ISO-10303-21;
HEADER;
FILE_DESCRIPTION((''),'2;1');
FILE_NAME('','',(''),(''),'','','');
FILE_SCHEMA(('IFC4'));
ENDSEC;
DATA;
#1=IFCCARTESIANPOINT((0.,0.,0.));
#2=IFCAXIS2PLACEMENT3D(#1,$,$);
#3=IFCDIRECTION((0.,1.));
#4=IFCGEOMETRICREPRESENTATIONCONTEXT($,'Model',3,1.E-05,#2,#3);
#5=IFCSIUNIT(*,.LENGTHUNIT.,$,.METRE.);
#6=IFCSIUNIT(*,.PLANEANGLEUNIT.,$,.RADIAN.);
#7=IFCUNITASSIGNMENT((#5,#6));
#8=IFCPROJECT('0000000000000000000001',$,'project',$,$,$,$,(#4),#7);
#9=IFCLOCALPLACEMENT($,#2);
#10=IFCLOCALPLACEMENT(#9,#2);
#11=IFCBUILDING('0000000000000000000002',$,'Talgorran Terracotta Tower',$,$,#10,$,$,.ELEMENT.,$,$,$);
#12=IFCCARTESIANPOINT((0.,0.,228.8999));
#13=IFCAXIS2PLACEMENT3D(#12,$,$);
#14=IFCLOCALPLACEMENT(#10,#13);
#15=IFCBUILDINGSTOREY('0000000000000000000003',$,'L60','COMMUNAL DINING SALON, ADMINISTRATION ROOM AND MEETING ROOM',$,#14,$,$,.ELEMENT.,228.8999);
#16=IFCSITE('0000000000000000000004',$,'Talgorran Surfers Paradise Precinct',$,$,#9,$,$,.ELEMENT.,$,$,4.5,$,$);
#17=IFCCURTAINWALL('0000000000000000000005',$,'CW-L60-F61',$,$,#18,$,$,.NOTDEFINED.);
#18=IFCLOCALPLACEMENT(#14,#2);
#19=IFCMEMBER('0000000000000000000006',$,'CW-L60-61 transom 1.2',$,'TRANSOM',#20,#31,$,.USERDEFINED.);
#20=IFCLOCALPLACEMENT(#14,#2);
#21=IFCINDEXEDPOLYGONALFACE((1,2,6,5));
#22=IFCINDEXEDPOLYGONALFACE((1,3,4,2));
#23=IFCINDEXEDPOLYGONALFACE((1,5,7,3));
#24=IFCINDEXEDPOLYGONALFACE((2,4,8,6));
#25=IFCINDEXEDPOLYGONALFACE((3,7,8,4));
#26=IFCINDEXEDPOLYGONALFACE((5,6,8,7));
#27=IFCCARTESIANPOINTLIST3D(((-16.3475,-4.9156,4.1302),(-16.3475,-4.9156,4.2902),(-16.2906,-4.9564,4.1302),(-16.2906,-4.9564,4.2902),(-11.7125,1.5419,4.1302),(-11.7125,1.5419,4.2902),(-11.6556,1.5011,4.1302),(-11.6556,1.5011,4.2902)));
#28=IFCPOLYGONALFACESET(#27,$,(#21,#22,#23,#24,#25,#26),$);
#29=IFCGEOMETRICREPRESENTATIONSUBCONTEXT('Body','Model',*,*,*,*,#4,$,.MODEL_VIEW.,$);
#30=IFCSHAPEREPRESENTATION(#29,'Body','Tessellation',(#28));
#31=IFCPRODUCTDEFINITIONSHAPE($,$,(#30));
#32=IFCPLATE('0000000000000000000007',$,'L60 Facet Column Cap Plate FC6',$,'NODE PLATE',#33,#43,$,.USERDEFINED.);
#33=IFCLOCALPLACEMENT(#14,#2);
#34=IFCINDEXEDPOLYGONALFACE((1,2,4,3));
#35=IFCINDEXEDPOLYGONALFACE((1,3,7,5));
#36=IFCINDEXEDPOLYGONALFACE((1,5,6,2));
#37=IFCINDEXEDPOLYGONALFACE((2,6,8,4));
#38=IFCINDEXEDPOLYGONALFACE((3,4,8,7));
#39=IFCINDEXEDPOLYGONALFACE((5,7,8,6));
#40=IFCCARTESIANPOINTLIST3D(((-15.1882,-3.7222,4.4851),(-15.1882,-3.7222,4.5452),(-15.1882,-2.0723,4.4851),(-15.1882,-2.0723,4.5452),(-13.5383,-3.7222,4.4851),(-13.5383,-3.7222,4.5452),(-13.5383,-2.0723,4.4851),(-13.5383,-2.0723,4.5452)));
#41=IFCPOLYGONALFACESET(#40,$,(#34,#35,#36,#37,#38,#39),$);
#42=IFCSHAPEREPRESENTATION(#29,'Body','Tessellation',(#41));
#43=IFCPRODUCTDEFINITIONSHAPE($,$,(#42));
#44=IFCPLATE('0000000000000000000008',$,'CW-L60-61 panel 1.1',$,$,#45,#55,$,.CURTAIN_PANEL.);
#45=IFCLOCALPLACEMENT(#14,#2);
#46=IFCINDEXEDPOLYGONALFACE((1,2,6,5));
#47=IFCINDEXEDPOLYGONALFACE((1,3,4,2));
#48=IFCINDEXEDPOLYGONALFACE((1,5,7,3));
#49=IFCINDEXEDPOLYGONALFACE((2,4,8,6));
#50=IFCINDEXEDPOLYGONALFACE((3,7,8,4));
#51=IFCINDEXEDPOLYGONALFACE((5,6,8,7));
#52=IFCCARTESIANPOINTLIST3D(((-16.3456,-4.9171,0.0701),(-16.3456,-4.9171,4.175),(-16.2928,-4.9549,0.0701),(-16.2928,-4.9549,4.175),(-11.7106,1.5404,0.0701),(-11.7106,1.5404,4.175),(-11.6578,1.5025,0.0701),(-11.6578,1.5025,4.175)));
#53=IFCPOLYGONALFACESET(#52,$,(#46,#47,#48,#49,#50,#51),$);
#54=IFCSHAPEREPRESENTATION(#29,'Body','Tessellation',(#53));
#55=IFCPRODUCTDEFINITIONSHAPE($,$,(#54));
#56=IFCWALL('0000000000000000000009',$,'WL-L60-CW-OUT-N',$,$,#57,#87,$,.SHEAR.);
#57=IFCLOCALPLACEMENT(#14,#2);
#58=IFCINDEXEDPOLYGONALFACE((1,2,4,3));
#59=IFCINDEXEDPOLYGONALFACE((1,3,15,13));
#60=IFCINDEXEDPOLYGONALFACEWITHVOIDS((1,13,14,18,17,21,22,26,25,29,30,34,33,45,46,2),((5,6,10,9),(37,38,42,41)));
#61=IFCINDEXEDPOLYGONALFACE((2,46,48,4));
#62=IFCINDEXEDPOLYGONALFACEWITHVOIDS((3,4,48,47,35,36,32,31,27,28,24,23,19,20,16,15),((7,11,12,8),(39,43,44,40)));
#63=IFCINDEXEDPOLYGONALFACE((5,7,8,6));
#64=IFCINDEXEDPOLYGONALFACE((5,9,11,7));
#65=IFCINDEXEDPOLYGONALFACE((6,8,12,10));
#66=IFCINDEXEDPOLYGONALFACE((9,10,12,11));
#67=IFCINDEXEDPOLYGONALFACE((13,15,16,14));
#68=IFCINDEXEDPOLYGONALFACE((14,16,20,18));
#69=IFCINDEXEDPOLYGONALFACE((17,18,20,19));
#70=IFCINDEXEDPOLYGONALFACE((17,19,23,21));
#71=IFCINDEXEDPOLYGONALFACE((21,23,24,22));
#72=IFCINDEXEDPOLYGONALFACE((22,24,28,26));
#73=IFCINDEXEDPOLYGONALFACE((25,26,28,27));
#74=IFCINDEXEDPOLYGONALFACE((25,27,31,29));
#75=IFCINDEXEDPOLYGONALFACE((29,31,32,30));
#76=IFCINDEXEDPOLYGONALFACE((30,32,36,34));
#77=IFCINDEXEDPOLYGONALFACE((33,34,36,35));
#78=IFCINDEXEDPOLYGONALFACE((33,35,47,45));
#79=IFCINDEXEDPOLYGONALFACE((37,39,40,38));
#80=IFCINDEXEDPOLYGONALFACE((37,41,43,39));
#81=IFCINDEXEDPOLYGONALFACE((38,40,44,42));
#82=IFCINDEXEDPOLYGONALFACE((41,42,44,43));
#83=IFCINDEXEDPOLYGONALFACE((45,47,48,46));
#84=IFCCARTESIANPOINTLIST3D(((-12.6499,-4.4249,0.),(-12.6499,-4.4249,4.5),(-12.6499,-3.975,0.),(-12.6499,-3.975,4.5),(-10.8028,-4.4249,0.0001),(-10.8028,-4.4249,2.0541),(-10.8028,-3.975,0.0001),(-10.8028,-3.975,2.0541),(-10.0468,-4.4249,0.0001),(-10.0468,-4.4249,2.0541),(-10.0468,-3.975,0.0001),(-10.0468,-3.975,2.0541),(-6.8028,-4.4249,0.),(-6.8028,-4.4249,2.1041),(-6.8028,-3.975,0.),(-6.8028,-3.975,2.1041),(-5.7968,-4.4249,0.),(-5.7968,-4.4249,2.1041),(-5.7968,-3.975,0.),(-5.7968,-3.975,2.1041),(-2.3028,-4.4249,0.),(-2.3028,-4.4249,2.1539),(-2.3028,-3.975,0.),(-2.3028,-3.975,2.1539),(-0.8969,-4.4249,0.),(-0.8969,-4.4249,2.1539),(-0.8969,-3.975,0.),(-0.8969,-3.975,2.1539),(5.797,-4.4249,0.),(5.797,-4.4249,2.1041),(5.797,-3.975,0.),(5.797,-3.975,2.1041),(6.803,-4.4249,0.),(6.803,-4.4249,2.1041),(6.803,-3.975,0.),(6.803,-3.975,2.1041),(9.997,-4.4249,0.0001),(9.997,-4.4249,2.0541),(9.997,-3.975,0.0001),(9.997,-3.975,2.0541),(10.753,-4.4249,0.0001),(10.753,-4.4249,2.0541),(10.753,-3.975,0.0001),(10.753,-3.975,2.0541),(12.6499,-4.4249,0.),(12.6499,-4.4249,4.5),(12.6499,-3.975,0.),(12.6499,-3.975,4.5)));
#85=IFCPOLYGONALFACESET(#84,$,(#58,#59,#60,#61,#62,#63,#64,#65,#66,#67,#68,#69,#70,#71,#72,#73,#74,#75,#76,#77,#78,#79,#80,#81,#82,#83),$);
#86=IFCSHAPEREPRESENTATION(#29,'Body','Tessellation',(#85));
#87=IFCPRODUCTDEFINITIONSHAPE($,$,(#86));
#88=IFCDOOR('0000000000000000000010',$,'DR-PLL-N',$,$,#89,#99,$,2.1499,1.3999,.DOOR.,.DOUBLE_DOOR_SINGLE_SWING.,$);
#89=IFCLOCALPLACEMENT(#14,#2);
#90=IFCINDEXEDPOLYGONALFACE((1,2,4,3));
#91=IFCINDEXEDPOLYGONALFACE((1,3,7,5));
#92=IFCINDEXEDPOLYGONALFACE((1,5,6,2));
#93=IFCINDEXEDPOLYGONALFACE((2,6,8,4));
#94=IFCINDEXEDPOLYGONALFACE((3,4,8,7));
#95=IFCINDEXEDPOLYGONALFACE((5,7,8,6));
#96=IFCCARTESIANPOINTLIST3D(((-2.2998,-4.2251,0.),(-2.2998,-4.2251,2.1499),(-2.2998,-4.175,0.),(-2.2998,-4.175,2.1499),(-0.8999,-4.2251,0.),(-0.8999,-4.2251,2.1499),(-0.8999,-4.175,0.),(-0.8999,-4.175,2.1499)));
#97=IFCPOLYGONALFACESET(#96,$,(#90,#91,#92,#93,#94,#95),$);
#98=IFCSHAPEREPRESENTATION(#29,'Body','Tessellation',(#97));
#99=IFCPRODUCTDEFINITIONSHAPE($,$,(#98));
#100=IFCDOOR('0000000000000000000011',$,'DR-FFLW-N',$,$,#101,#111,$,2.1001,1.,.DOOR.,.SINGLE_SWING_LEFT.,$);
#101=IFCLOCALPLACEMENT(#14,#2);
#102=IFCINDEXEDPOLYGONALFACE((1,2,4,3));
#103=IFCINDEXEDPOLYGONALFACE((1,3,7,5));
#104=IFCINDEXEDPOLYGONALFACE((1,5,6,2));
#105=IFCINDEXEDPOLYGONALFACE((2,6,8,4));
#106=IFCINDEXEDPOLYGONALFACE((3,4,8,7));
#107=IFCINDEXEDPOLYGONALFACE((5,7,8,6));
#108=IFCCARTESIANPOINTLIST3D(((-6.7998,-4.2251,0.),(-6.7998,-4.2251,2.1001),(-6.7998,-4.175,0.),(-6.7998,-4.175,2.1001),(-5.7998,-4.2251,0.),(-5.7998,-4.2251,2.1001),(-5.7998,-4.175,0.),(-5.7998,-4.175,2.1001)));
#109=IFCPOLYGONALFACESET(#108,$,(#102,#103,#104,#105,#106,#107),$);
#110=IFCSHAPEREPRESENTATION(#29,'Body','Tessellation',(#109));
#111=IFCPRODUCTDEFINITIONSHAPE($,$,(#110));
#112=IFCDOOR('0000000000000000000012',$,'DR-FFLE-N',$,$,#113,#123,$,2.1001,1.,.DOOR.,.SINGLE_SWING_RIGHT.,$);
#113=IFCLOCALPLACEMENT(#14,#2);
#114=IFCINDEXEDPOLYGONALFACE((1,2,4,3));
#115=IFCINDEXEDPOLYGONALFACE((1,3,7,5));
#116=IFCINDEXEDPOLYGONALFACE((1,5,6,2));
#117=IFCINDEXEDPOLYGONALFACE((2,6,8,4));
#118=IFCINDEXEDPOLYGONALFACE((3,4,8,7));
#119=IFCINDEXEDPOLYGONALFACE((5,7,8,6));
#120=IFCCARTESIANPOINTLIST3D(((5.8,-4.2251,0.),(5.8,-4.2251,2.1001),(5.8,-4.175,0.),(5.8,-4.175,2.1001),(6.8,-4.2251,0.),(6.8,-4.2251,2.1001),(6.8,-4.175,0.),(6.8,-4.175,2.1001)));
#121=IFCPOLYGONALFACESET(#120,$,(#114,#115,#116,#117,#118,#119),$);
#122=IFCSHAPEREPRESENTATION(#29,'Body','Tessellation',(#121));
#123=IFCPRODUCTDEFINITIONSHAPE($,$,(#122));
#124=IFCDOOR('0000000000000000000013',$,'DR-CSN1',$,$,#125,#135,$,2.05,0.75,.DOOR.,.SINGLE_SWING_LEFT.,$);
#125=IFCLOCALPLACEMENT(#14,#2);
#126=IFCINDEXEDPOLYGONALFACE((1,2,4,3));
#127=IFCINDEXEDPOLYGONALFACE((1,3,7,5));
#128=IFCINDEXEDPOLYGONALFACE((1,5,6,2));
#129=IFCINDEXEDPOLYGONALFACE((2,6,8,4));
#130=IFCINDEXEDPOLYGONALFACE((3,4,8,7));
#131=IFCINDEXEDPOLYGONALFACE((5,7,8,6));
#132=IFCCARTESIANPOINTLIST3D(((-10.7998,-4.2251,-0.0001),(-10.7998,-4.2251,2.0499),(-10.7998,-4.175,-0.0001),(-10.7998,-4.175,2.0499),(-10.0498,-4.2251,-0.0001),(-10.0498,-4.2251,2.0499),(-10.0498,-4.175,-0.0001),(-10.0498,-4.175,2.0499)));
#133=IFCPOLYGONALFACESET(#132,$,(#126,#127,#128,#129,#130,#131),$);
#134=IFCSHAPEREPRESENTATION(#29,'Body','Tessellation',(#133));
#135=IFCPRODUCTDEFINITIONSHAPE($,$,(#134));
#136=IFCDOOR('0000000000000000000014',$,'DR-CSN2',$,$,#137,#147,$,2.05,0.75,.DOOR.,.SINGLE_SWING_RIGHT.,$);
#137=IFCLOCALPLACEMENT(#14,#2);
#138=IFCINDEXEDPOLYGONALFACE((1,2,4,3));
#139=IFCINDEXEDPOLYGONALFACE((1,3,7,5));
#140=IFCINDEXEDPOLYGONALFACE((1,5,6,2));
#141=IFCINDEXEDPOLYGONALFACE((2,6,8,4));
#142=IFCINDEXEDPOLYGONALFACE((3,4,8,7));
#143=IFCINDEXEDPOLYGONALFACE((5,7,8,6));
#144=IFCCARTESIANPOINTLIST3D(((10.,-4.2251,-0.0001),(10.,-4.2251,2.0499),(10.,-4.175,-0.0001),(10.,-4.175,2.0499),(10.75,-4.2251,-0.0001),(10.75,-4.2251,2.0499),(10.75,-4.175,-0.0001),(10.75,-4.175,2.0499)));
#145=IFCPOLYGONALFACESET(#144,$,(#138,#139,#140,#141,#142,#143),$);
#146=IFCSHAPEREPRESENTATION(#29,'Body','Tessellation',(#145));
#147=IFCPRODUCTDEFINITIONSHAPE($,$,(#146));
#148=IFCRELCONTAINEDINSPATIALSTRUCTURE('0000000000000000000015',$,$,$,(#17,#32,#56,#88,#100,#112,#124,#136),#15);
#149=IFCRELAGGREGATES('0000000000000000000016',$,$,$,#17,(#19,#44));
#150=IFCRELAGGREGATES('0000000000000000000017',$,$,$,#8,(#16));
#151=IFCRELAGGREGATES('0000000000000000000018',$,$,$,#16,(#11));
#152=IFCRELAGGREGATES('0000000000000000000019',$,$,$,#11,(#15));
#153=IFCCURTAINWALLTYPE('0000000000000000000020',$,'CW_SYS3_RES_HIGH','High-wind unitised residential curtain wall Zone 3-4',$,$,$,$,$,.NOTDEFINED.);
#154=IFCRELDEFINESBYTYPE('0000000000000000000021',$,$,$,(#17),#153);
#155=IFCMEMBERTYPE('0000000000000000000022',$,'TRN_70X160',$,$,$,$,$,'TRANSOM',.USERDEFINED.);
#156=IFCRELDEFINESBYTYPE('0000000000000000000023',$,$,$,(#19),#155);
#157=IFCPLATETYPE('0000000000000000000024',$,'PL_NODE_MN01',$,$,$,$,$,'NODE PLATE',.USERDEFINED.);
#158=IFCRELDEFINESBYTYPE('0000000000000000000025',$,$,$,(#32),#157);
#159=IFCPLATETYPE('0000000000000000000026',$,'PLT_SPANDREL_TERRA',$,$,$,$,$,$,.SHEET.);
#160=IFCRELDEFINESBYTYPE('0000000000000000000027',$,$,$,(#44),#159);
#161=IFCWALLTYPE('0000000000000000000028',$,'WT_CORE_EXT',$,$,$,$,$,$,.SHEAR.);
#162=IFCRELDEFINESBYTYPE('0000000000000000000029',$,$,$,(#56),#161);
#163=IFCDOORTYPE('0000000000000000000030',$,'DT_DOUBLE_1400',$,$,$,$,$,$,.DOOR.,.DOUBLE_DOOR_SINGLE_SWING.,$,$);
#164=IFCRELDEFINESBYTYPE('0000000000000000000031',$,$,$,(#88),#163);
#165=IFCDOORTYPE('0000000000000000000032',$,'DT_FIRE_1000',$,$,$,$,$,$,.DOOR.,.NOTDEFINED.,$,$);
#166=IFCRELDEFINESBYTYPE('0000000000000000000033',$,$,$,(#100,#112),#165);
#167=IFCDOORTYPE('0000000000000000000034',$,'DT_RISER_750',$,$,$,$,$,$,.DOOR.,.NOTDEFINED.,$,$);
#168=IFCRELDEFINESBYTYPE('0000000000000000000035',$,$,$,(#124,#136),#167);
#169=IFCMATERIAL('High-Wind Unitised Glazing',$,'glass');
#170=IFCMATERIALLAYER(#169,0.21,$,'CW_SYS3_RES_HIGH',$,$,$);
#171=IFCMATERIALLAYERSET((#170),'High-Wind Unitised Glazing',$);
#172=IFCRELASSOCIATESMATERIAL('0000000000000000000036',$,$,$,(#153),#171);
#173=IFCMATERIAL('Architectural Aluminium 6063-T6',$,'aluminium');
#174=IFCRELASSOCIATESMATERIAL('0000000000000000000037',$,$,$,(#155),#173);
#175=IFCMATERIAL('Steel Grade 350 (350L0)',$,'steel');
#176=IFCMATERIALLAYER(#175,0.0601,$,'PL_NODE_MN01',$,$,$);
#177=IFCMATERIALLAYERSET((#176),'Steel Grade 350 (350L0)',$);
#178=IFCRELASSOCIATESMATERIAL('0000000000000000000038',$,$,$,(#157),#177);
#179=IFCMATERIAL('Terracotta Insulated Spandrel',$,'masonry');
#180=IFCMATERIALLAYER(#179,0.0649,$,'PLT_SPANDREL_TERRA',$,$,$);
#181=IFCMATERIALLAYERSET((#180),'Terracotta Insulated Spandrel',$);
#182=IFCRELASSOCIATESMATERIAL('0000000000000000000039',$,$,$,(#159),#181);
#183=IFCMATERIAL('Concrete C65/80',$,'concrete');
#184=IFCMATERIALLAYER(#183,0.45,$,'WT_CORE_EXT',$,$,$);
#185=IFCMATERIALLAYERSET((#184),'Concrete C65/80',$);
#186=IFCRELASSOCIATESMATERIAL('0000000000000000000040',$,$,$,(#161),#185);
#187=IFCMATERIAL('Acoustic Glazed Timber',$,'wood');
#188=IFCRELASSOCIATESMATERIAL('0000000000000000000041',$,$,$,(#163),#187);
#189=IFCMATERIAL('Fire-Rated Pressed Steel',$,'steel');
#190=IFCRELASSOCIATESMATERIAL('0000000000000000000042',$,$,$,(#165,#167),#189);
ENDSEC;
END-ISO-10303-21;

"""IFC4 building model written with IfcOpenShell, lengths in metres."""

from ifc_helpers import new_model, si_unit, direction, frame, frame_2d, origin, origin_2d, place, context, subcontext, project, spatial, rectangle, extrude, source, transform, mapped, material, layer, layer_set, material_profile, profile_set, type_object, type_shapes, element, fill, aggregate, save


model = new_model("IFC4")

# Units and contexts
model_context = context("Model", 3, precision=1e-05, world=origin(), true_north=direction((0.0, 1.0)))
body_context = subcontext(model_context, "Body", "Model", "MODEL_VIEW")
ifc_project = project(units=[si_unit("LENGTHUNIT", "METRE"), si_unit("PLANEANGLEUNIT", "RADIAN")], contexts=[model_context])

# Site, building, storey
site_placement = place(None, origin())
site = spatial("IfcSite", under=ifc_project, at=site_placement, Name="Talgorran Surfers Paradise Precinct", CompositionType="ELEMENT", RefElevation=4.5)
building_placement = place(site_placement, origin())
building = spatial("IfcBuilding", under=site, at=building_placement, Name="Talgorran Terracotta Tower", CompositionType="ELEMENT")
storey_placement = place(building_placement, frame((0.0, 0.0, 228.8999)))
storey = spatial("IfcBuildingStorey", under=building, at=storey_placement, Name="L60", Description="COMMUNAL DINING SALON, ADMINISTRATION ROOM AND MEETING ROOM", CompositionType="ELEMENT", Elevation=228.8999)

# Shared definitions
ifc_material_1 = material(Name="Steel Grade 350 (350L0)", Category="steel")

# Curtain wall, member
ifc_material_2 = material(Name="High-Wind Unitised Glazing", Category="glass")
ifc_layer_1 = layer(ifc_material_2, 0.21, Name="CW_SYS3_RES_HIGH")
ifc_layer_set_1 = layer_set([ifc_layer_1], Name="High-Wind Unitised Glazing")
curtain_wall_type = type_object("IfcCurtainWallType", Name="CW_SYS3_RES_HIGH", Description="High-wind unitised residential curtain wall Zone 3-4", PredefinedType="NOTDEFINED", material=ifc_layer_set_1)
curtain_wall_placement = place(storey_placement, origin())
curtain_wall = element("IfcCurtainWall", 1, at=curtain_wall_placement, inside=storey, type_object=curtain_wall_type, Name="CW-L60-F61", PredefinedType="NOTDEFINED")
ifc_material_3 = material(Name="Architectural Aluminium 6063-T6", Category="aluminium")
ifc_material_profile_1 = material_profile(ifc_material_3, rectangle(XDim=0.0701, YDim=0.1599, at=origin_2d()), Name="CWT70X160")
ifc_profile_set_1 = profile_set([ifc_material_profile_1], Name="Architectural Aluminium 6063-T6")
member_type_1 = type_object("IfcMemberType", Name="TRN_70X160", ElementType="TRANSOM", PredefinedType="USERDEFINED", material=ifc_profile_set_1)
member_1_placement = place(storey_placement, frame((-11.6841, 1.5215, 4.2102), z_axis=(-0.583111, -0.812393, 0.0), x_axis=(0.812393, -0.583111, 0.0)))
member_1 = element("IfcMember", 2, at=member_1_placement, type_object=member_type_1, Name="CW-L60-61 transom 1.2", ObjectType="TRANSOM", PredefinedType="USERDEFINED", context=body_context, shape_type="SweptSolid", body=[
    extrude(rectangle(XDim=0.0701, YDim=0.1599, at=origin_2d()), origin(), (0.0, 0.0, 1.0), 7.9487),
])

# Plates
ifc_layer_2 = layer(ifc_material_1, 0.0601, Name="PL_NODE_MN01")
ifc_layer_set_2 = layer_set([ifc_layer_2], Name="Steel Grade 350 (350L0)")
plate_type_1 = type_object("IfcPlateType", Name="PL_NODE_MN01", ElementType="NODE PLATE", PredefinedType="USERDEFINED", material=ifc_layer_set_2)
plate_1_placement = place(storey_placement, frame((-14.3633, -2.8972, 4.4851), z_axis=(0.0, 0.0, 1.0), x_axis=(1.0, 0.0, 0.0)))
element("IfcPlate", 3, at=plate_1_placement, inside=storey, type_object=plate_type_1, Name="L60 Facet Column Cap Plate FC6", ObjectType="NODE PLATE", PredefinedType="USERDEFINED", context=body_context, shape_type="SweptSolid", body=[
    extrude(rectangle(XDim=1.6499, YDim=1.6499, at=origin_2d()), origin(), (0.0, 0.0, 1.0), 0.0601),
])
ifc_material_4 = material(Name="Terracotta Insulated Spandrel", Category="masonry")
ifc_layer_3 = layer(ifc_material_4, 0.0649, Name="PLT_SPANDREL_TERRA")
ifc_layer_set_3 = layer_set([ifc_layer_3], Name="Terracotta Insulated Spandrel")
plate_type_2 = type_object("IfcPlateType", Name="PLT_SPANDREL_TERRA", PredefinedType="SHEET", material=ifc_layer_set_3)
shared_shape_1 = source(origin(), body_context, "Body", "SweptSolid", [
    extrude(rectangle(XDim=7.9487, YDim=0.0649, at=origin_2d()), origin(), (0.0, 0.0, 1.0), 4.105),
])
type_shapes(plate_type_2, [shared_shape_1])
plate_2_placement = place(storey_placement, frame((-14.0017, -1.7073, 0.0701), z_axis=(0.0, 0.0, 1.0), x_axis=(-0.583116, -0.812389, 0.0)))
plate_2 = element("IfcPlate", 4, at=plate_2_placement, type_object=plate_type_2, Name="CW-L60-61 panel 1.1", PredefinedType="CURTAIN_PANEL", context=body_context, shape_type="MappedRepresentation", body=[
    mapped(shared_shape_1, transform((0.0, 0.0, 0.0), scale=1.0)),
])
aggregate(curtain_wall, [member_1, plate_2])

# Wall, openings, doors
ifc_material_5 = material(Name="Concrete C65/80", Category="concrete")
ifc_layer_4 = layer(ifc_material_5, 0.45, Name="WT_CORE_EXT")
ifc_layer_set_4 = layer_set([ifc_layer_4], Name="Concrete C65/80")
wall_type_1 = type_object("IfcWallType", Name="WT_CORE_EXT", PredefinedType="SHEAR", material=ifc_layer_set_4)
wall_1_placement = place(storey_placement, frame((-12.6499, -4.2, 0.0), z_axis=(0.0, 0.0, 1.0), x_axis=(1.0, 0.0, 0.0)))
wall_1 = element("IfcWall", 5, at=wall_1_placement, inside=storey, type_object=wall_type_1, Name="WL-L60-CW-OUT-N", PredefinedType="SHEAR", context=body_context, shape_type="SweptSolid", body=[
    extrude(rectangle(XDim=25.2998, YDim=0.45, at=frame_2d((12.6499, 0.0))), origin(), (0.0, 0.0, 1.0), 4.5),
])
opening_1_placement = place(wall_1_placement, frame((1.8501, 0.0, 0.0)))
opening_1 = element("IfcOpeningElement", 6, at=opening_1_placement, cuts=wall_1, PredefinedType="OPENING", context=body_context, shape_type="SweptSolid", body=[
    extrude(rectangle(XDim=0.756, YDim=2.054, at=frame_2d((0.375, 1.0271))), frame((0.0, 0.2349, 0.0), z_axis=(0.0, -1.0, 0.0), x_axis=(1.0, 0.0, 0.0)), (0.0, 0.0, 1.0), 0.47),
])
opening_2_placement = place(wall_1_placement, frame((22.6499, 0.0, 0.0)))
opening_2 = element("IfcOpeningElement", 7, at=opening_2_placement, cuts=wall_1, PredefinedType="OPENING", context=body_context, shape_type="SweptSolid", body=[
    extrude(rectangle(XDim=0.756, YDim=2.054, at=frame_2d((0.375, 1.0271))), frame((0.0, 0.2349, 0.0), z_axis=(0.0, -1.0, 0.0), x_axis=(1.0, 0.0, 0.0)), (0.0, 0.0, 1.0), 0.47),
])
opening_3_placement = place(wall_1_placement, frame((5.8501, 0.0, 0.0)))
opening_3 = element("IfcOpeningElement", 8, at=opening_3_placement, cuts=wall_1, PredefinedType="OPENING", context=body_context, shape_type="SweptSolid", body=[
    extrude(rectangle(XDim=1.006, YDim=2.1041, at=frame_2d((0.5, 1.052))), frame((0.0, 0.2349, 0.0), z_axis=(0.0, -1.0, 0.0), x_axis=(1.0, 0.0, 0.0)), (0.0, 0.0, 1.0), 0.47),
])
opening_4_placement = place(wall_1_placement, frame((10.3501, 0.0, 0.0)))
opening_4 = element("IfcOpeningElement", 9, at=opening_4_placement, cuts=wall_1, PredefinedType="OPENING", context=body_context, shape_type="SweptSolid", body=[
    extrude(rectangle(XDim=1.4059, YDim=2.1539, at=frame_2d((0.7, 1.0769))), frame((0.0, 0.2349, 0.0), z_axis=(0.0, -1.0, 0.0), x_axis=(1.0, 0.0, 0.0)), (0.0, 0.0, 1.0), 0.47),
])
opening_5_placement = place(wall_1_placement, frame((18.45, 0.0, 0.0)))
opening_5 = element("IfcOpeningElement", 10, at=opening_5_placement, cuts=wall_1, PredefinedType="OPENING", context=body_context, shape_type="SweptSolid", body=[
    extrude(rectangle(XDim=1.006, YDim=2.1041, at=frame_2d((0.5, 1.052))), frame((0.0, 0.2349, 0.0), z_axis=(0.0, -1.0, 0.0), x_axis=(1.0, 0.0, 0.0)), (0.0, 0.0, 1.0), 0.47),
])
ifc_material_6 = material(Name="Acoustic Glazed Timber", Category="wood")
door_type_1 = type_object("IfcDoorType", Name="DT_DOUBLE_1400", OperationType="DOUBLE_DOOR_SINGLE_SWING", PredefinedType="DOOR", material=ifc_material_6)
door_1_placement = place(opening_4_placement, origin())
door_1 = element("IfcDoor", 11, at=door_1_placement, inside=storey, type_object=door_type_1, Name="DR-PLL-N", OperationType="DOUBLE_DOOR_SINGLE_SWING", OverallHeight=2.1499, OverallWidth=1.3999, PredefinedType="DOOR", context=body_context, shape_type="SweptSolid", body=[
    extrude(rectangle(XDim=1.3999, YDim=2.1499, at=frame_2d((0.7, 1.075))), frame((0.0, 0.0249, 0.0), z_axis=(0.0, -1.0, 0.0), x_axis=(1.0, 0.0, 0.0)), (0.0, 0.0, 1.0), 0.05),
])
fill(opening_4, door_1)
ifc_material_7 = material(Name="Fire-Rated Pressed Steel", Category="steel")
door_type_2 = type_object("IfcDoorType", Name="DT_FIRE_1000", OperationType="NOTDEFINED", PredefinedType="DOOR", material=ifc_material_7)
door_2_placement = place(opening_3_placement, origin())
door_2 = element("IfcDoor", 12, at=door_2_placement, inside=storey, type_object=door_type_2, Name="DR-FFLW-N", OperationType="SINGLE_SWING_LEFT", OverallHeight=2.1001, OverallWidth=1.0, PredefinedType="DOOR", context=body_context, shape_type="SweptSolid", body=[
    extrude(rectangle(XDim=1.0, YDim=2.1001, at=frame_2d((0.5, 1.05))), frame((0.0, 0.0249, 0.0), z_axis=(0.0, -1.0, 0.0), x_axis=(1.0, 0.0, 0.0)), (0.0, 0.0, 1.0), 0.05),
])
fill(opening_3, door_2)
door_3_placement = place(opening_5_placement, origin())
door_3 = element("IfcDoor", 13, at=door_3_placement, inside=storey, type_object=door_type_2, Name="DR-FFLE-N", OperationType="SINGLE_SWING_RIGHT", OverallHeight=2.1001, OverallWidth=1.0, PredefinedType="DOOR", context=body_context, shape_type="SweptSolid", body=[
    extrude(rectangle(XDim=1.0, YDim=2.1001, at=frame_2d((0.5, 1.05))), frame((0.0, 0.0249, 0.0), z_axis=(0.0, -1.0, 0.0), x_axis=(1.0, 0.0, 0.0)), (0.0, 0.0, 1.0), 0.05),
])
fill(opening_5, door_3)
door_type_3 = type_object("IfcDoorType", Name="DT_RISER_750", OperationType="NOTDEFINED", PredefinedType="DOOR", material=ifc_material_7)
door_4_placement = place(opening_1_placement, origin())
door_4 = element("IfcDoor", 14, at=door_4_placement, inside=storey, type_object=door_type_3, Name="DR-CSN1", OperationType="SINGLE_SWING_LEFT", OverallHeight=2.05, OverallWidth=0.75, PredefinedType="DOOR", context=body_context, shape_type="SweptSolid", body=[
    extrude(rectangle(XDim=0.75, YDim=2.05, at=frame_2d((0.375, 1.0249))), frame((0.0, 0.0249, 0.0), z_axis=(0.0, -1.0, 0.0), x_axis=(1.0, 0.0, 0.0)), (0.0, 0.0, 1.0), 0.05),
])
fill(opening_1, door_4)
door_5_placement = place(opening_2_placement, origin())
door_5 = element("IfcDoor", 15, at=door_5_placement, inside=storey, type_object=door_type_3, Name="DR-CSN2", OperationType="SINGLE_SWING_RIGHT", OverallHeight=2.05, OverallWidth=0.75, PredefinedType="DOOR", context=body_context, shape_type="SweptSolid", body=[
    extrude(rectangle(XDim=0.75, YDim=2.05, at=frame_2d((0.375, 1.0249))), frame((0.0, 0.0249, 0.0), z_axis=(0.0, -1.0, 0.0), x_axis=(1.0, 0.0, 0.0)), (0.0, 0.0, 1.0), 0.05),
])
fill(opening_2, door_5)

save(model, "model.ifc")
